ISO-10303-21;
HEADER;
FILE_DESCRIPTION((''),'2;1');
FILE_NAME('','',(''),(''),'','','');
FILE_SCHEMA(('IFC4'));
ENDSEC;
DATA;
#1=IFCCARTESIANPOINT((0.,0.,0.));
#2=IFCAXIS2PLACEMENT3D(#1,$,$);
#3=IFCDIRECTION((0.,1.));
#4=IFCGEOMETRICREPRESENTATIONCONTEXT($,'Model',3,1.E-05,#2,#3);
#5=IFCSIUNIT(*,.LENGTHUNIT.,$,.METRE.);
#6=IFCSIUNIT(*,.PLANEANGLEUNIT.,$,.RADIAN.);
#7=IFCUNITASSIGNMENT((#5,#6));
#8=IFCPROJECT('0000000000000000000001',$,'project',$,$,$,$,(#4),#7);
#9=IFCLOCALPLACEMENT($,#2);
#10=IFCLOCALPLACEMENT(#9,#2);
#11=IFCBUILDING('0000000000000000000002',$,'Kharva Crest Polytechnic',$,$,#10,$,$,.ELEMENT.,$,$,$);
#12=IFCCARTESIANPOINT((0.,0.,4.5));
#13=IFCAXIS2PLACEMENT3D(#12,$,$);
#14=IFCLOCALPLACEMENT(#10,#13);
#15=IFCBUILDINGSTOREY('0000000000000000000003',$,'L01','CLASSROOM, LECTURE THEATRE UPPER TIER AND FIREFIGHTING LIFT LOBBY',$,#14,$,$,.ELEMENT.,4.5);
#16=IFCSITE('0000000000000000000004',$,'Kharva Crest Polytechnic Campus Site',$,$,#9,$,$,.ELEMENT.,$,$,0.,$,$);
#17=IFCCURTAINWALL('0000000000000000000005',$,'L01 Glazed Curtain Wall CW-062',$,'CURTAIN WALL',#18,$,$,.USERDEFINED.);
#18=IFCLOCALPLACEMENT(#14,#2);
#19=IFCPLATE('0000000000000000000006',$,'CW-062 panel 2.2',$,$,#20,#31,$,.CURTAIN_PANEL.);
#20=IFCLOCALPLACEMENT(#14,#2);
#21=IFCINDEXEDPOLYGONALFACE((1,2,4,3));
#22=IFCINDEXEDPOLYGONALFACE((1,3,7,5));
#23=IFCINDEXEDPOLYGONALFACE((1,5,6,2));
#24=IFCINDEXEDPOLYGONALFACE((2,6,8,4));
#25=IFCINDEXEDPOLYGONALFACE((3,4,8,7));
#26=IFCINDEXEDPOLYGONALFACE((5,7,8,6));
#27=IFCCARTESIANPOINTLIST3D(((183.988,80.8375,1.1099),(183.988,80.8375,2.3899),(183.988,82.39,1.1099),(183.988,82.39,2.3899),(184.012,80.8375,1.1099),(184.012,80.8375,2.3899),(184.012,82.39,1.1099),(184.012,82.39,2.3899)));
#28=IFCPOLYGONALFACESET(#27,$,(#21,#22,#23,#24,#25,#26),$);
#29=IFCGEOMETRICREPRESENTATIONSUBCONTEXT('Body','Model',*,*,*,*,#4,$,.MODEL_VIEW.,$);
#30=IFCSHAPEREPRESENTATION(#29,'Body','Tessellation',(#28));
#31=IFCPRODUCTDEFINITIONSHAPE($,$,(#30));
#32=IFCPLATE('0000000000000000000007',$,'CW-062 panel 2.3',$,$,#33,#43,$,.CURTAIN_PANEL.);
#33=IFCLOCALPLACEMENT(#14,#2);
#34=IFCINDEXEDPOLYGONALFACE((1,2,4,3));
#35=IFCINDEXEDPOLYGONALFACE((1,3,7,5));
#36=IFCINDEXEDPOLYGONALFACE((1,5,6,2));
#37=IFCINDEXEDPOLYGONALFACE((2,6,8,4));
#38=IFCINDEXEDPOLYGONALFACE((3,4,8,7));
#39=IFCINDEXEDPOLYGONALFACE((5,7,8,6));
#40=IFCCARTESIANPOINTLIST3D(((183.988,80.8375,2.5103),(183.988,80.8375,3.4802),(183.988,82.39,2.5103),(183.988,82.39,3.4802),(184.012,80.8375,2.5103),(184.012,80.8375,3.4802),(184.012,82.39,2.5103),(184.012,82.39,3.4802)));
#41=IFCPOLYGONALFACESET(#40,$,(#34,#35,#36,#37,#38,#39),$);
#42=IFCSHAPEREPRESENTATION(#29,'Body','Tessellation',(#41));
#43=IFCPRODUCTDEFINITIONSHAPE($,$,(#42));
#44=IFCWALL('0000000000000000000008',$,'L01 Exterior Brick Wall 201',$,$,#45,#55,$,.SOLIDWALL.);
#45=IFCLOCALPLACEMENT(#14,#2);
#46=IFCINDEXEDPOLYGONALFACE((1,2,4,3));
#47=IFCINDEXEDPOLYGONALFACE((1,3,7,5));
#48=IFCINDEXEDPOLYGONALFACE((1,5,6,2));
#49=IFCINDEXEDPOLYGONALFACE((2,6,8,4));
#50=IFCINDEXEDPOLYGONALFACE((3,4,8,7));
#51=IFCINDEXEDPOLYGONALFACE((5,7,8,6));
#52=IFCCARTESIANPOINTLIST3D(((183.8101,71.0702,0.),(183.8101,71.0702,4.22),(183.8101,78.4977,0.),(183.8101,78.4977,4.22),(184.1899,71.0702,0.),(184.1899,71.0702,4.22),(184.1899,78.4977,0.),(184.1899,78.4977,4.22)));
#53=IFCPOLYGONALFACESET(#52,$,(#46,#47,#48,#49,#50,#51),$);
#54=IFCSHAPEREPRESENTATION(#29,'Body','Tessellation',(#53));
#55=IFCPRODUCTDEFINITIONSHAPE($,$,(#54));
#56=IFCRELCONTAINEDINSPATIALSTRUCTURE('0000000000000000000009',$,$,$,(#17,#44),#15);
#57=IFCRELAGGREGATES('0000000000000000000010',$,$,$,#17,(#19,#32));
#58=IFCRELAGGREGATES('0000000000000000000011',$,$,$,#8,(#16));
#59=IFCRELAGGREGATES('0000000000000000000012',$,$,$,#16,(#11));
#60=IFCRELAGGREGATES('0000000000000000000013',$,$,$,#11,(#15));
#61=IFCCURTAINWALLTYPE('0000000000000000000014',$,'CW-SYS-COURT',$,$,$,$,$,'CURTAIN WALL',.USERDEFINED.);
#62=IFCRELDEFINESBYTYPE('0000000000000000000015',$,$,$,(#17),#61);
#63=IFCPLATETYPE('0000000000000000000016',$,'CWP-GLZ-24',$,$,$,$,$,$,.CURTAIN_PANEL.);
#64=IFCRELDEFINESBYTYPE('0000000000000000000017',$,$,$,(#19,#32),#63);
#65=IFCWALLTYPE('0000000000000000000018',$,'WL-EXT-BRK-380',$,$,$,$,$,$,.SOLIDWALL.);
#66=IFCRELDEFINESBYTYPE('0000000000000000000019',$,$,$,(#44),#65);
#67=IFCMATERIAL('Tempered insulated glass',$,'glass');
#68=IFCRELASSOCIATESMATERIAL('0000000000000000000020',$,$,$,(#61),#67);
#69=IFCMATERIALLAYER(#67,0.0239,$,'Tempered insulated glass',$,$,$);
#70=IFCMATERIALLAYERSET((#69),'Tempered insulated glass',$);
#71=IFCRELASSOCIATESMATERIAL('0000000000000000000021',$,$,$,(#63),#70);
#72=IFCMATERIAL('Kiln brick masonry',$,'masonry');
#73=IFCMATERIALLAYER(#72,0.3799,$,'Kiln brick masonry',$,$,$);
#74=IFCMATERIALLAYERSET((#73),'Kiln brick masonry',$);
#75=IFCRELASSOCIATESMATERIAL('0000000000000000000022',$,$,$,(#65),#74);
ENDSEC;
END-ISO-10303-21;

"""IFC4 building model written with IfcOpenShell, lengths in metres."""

from ifc_helpers import new_model, si_unit, direction, frame, frame_2d, origin, origin_2d, place, context, subcontext, project, spatial, rectangle, extrude, material, layer, layer_set, type_object, element, aggregate, save


model = new_model("IFC4")

# Units and contexts
model_context = context("Model", 3, precision=1e-05, world=origin(), true_north=direction((0.0, 1.0)))
body_context = subcontext(model_context, "Body", "Model", "MODEL_VIEW")
ifc_project = project(units=[si_unit("LENGTHUNIT", "METRE"), si_unit("PLANEANGLEUNIT", "RADIAN")], contexts=[model_context])

# Site, building, storey
site_placement = place(None, origin())
site = spatial("IfcSite", under=ifc_project, at=site_placement, Name="Kharva Crest Polytechnic Campus Site", CompositionType="ELEMENT", RefElevation=0.0)
building_placement = place(site_placement, origin())
building = spatial("IfcBuilding", under=site, at=building_placement, Name="Kharva Crest Polytechnic", CompositionType="ELEMENT")
storey_placement = place(building_placement, frame((0.0, 0.0, 4.5)))
storey = spatial("IfcBuildingStorey", under=building, at=storey_placement, Name="L01", Description="CLASSROOM, LECTURE THEATRE UPPER TIER AND FIREFIGHTING LIFT LOBBY", CompositionType="ELEMENT", Elevation=4.5)

# Curtain wall
ifc_material_1 = material(Name="Tempered insulated glass", Category="glass")
curtain_wall_type = type_object("IfcCurtainWallType", Name="CW-SYS-COURT", ElementType="CURTAIN WALL", PredefinedType="USERDEFINED", material=ifc_material_1)
curtain_wall_placement = place(storey_placement, origin())
curtain_wall = element("IfcCurtainWall", 1, at=curtain_wall_placement, inside=storey, type_object=curtain_wall_type, Name="L01 Glazed Curtain Wall CW-062", ObjectType="CURTAIN WALL", PredefinedType="USERDEFINED")

# Plates
ifc_layer_1 = layer(ifc_material_1, 0.0239, Name="Tempered insulated glass")
ifc_layer_set_1 = layer_set([ifc_layer_1], Name="Tempered insulated glass")
plate_type = type_object("IfcPlateType", Name="CWP-GLZ-24", PredefinedType="CURTAIN_PANEL", material=ifc_layer_set_1)
plate_1_placement = place(storey_placement, frame((184.0, 81.6138, 1.1099), z_axis=(0.0, 0.0, 1.0), x_axis=(0.0, 1.0, 0.0)))
plate_1 = element("IfcPlate", 2, at=plate_1_placement, type_object=plate_type, Name="CW-062 panel 2.2", PredefinedType="CURTAIN_PANEL", context=body_context, shape_type="SweptSolid", body=[
    extrude(rectangle(XDim=1.5525, YDim=0.0239, at=origin_2d()), origin(), (0.0, 0.0, 1.0), 1.28),
])
plate_2_placement = place(storey_placement, frame((184.0, 81.6138, 2.5103), z_axis=(0.0, 0.0, 1.0), x_axis=(0.0, 1.0, 0.0)))
plate_2 = element("IfcPlate", 3, at=plate_2_placement, type_object=plate_type, Name="CW-062 panel 2.3", PredefinedType="CURTAIN_PANEL", context=body_context, shape_type="SweptSolid", body=[
    extrude(rectangle(XDim=1.5525, YDim=0.0239, at=origin_2d()), origin(), (0.0, 0.0, 1.0), 0.97),
])
aggregate(curtain_wall, [plate_1, plate_2])

# Wall
ifc_material_2 = material(Name="Kiln brick masonry", Category="masonry")
ifc_layer_2 = layer(ifc_material_2, 0.3799, Name="Kiln brick masonry")
ifc_layer_set_2 = layer_set([ifc_layer_2], Name="Kiln brick masonry")
wall_type = type_object("IfcWallType", Name="WL-EXT-BRK-380", PredefinedType="SOLIDWALL", material=ifc_layer_set_2)
wall_placement = place(storey_placement, frame((184.0, 71.0701, 0.0), z_axis=(0.0, 0.0, 1.0), x_axis=(0.0, 1.0, 0.0)))
element("IfcWall", 4, at=wall_placement, inside=storey, type_object=wall_type, Name="L01 Exterior Brick Wall 201", PredefinedType="SOLIDWALL", context=body_context, shape_type="SweptSolid", body=[
    extrude(rectangle(XDim=7.4275, YDim=0.3799, at=frame_2d((3.7139, 0.0))), origin(), (0.0, 0.0, 1.0), 4.22),
])

save(model, "model.ifc")
